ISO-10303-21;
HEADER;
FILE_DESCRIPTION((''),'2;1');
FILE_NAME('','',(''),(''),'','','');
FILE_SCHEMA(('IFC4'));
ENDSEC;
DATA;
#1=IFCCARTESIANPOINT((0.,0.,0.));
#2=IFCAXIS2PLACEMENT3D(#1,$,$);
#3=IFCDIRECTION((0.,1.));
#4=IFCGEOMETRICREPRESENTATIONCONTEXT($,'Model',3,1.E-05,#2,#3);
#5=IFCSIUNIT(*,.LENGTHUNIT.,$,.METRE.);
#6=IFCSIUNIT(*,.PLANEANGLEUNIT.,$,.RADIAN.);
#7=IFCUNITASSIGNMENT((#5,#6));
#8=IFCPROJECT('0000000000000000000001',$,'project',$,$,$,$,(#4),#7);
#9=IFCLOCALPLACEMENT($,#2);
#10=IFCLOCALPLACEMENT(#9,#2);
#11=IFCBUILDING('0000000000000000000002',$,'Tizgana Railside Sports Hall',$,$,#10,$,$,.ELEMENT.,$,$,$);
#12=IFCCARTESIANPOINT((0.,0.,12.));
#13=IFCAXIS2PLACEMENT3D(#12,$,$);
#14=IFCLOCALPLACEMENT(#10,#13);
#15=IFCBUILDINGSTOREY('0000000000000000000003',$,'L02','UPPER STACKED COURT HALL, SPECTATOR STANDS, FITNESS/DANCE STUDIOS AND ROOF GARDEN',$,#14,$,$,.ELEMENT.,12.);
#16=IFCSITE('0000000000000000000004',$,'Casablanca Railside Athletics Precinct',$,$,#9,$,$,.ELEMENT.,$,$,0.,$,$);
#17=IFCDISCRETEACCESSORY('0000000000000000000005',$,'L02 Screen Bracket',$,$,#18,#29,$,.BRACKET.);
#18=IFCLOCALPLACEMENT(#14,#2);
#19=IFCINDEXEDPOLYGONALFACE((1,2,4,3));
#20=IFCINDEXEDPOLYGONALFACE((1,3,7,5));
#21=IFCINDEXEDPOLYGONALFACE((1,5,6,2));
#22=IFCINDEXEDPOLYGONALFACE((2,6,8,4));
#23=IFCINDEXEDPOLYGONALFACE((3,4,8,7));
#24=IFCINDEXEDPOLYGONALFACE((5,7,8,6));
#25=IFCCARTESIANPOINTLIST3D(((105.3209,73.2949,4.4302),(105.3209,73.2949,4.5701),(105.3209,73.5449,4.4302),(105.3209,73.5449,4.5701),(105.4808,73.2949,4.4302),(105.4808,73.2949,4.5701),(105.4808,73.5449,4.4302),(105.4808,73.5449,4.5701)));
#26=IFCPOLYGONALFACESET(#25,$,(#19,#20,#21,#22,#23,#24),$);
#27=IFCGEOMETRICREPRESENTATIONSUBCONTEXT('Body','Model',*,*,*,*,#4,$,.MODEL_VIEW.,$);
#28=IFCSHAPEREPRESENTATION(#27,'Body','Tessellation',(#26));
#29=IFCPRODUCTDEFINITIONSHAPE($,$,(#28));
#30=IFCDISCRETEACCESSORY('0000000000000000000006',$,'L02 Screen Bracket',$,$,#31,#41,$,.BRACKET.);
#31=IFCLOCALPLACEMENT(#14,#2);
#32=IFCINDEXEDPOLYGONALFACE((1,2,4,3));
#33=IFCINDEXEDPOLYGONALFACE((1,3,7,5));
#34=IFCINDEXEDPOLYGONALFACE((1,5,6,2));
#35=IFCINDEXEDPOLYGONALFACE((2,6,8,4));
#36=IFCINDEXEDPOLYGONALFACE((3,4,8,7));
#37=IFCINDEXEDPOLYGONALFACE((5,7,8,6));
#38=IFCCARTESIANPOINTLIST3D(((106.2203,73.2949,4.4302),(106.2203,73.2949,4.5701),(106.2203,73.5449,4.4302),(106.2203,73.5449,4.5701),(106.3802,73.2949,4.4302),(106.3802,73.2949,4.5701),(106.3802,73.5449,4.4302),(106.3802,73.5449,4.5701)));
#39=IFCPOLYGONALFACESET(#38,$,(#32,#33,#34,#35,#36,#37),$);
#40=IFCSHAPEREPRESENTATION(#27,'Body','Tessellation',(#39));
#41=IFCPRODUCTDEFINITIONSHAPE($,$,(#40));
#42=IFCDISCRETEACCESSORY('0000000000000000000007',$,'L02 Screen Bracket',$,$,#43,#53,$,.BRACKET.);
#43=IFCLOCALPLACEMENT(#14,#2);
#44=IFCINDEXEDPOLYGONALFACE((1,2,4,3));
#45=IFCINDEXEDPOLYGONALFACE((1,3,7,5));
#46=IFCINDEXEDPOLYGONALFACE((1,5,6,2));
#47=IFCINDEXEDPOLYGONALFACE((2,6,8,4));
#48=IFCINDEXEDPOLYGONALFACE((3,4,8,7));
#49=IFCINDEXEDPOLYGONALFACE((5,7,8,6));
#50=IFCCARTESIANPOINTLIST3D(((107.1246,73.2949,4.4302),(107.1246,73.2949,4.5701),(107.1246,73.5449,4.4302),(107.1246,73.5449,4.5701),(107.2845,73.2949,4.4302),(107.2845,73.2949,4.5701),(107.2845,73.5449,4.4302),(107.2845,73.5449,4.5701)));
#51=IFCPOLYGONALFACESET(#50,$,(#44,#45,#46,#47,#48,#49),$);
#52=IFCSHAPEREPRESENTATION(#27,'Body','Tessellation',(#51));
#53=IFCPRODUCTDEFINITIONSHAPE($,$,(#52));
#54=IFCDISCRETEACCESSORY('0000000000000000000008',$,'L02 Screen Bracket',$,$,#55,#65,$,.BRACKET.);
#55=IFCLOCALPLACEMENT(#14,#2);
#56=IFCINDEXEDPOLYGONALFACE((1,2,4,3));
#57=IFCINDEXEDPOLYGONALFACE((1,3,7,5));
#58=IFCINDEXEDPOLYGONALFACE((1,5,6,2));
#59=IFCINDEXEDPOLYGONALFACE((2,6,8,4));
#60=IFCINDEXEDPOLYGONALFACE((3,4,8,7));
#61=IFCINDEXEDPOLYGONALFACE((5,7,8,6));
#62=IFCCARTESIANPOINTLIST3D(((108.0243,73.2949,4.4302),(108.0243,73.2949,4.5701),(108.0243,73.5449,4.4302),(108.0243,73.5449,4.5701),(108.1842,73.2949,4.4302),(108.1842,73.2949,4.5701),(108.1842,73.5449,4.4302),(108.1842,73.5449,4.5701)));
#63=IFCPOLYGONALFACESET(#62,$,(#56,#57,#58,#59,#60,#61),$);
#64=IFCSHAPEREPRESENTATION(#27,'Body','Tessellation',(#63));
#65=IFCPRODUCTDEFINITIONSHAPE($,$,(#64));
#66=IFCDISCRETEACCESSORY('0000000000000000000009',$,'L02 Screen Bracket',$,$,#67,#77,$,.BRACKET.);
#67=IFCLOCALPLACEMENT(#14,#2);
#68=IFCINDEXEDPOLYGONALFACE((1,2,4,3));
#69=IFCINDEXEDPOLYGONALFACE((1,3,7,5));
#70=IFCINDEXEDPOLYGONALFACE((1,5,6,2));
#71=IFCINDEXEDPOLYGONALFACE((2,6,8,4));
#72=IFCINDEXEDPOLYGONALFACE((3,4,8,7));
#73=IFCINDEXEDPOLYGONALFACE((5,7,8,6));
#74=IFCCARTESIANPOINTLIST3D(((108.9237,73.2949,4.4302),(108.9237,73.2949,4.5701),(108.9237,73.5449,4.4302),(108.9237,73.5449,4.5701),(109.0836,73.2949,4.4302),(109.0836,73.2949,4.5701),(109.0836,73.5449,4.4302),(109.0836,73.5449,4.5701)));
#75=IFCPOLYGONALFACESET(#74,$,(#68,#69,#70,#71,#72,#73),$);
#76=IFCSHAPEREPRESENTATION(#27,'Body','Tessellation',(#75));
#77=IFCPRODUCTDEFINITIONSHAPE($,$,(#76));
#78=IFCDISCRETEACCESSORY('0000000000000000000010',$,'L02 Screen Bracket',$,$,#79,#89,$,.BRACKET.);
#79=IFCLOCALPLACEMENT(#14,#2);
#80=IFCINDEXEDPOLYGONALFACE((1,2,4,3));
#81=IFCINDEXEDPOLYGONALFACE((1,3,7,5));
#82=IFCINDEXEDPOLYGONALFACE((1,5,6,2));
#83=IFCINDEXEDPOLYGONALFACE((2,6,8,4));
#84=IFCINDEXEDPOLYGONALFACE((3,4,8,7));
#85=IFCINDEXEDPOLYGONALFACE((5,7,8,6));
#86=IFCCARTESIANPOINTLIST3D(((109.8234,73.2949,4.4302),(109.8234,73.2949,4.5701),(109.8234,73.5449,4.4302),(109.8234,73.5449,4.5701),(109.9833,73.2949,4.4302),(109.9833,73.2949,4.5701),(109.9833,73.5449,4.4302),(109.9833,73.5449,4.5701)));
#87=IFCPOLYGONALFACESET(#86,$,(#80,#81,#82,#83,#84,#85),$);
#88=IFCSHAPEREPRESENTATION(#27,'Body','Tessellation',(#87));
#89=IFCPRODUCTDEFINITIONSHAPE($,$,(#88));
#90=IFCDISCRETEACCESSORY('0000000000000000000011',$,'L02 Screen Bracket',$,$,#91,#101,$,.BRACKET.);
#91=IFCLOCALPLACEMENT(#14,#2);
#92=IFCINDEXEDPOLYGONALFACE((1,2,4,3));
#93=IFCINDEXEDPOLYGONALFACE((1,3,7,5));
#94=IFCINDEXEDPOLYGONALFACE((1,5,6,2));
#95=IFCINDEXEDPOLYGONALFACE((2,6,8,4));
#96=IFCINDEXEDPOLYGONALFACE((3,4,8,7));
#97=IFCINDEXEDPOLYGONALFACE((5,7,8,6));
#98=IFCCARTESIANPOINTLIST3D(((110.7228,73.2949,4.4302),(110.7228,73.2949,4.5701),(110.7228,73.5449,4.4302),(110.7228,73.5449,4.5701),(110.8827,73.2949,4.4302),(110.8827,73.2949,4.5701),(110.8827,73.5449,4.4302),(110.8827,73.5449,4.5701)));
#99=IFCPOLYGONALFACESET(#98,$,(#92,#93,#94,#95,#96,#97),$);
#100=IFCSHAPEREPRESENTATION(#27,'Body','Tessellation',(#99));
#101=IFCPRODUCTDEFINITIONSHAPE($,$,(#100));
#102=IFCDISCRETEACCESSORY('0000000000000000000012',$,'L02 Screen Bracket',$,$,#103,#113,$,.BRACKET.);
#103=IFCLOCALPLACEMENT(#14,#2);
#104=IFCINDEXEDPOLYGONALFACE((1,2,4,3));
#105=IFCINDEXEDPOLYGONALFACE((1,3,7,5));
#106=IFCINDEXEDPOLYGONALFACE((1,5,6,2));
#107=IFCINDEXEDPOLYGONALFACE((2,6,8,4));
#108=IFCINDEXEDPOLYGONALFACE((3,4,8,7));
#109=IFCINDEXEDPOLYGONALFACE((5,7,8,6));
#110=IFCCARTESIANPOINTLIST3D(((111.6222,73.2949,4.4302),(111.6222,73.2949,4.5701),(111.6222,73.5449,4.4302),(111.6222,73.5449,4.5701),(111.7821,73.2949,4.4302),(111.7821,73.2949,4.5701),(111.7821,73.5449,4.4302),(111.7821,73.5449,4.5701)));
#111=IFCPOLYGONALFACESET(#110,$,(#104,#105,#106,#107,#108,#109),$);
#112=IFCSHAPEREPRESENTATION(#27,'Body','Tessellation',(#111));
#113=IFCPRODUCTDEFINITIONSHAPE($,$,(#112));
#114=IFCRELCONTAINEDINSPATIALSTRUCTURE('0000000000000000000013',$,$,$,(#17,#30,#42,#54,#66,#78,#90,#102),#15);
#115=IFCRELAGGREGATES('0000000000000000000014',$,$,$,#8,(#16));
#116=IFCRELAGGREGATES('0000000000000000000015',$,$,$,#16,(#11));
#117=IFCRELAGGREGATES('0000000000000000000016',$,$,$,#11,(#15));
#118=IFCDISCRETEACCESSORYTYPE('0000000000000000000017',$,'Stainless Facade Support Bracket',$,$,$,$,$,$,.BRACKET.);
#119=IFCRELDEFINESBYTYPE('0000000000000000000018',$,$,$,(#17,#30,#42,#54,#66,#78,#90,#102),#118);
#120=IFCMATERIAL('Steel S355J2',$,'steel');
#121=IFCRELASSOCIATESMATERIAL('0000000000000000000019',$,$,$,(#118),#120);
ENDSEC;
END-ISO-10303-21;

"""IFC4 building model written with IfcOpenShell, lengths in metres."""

from ifc_helpers import new_model, si_unit, direction, frame, origin, origin_2d, place, context, subcontext, project, spatial, rectangle, extrude, material, type_object, element, save


model = new_model("IFC4")

# Units and contexts
model_context = context("Model", 3, precision=1e-05, world=origin(), true_north=direction((0.0, 1.0)))
body_context = subcontext(model_context, "Body", "Model", "MODEL_VIEW")
ifc_project = project(units=[si_unit("LENGTHUNIT", "METRE"), si_unit("PLANEANGLEUNIT", "RADIAN")], contexts=[model_context])

# Site, building, storey
site_placement = place(None, origin())
site = spatial("IfcSite", under=ifc_project, at=site_placement, Name="Casablanca Railside Athletics Precinct", CompositionType="ELEMENT", RefElevation=0.0)
building_placement = place(site_placement, origin())
building = spatial("IfcBuilding", under=site, at=building_placement, Name="Tizgana Railside Sports Hall", CompositionType="ELEMENT")
storey_placement = place(building_placement, frame((0.0, 0.0, 12.0)))
storey = spatial("IfcBuildingStorey", under=building, at=storey_placement, Name="L02", Description="UPPER STACKED COURT HALL, SPECTATOR STANDS, FITNESS/DANCE STUDIOS AND ROOF GARDEN", CompositionType="ELEMENT", Elevation=12.0)

# Shared definitions
ifc_material_1 = material(Name="Steel S355J2", Category="steel")

# Discrete accessories
discrete_accessory_type = type_object("IfcDiscreteAccessoryType", Name="Stainless Facade Support Bracket", PredefinedType="BRACKET", material=ifc_material_1)
for number, where, z_axis, x_axis, name in (
    (1, (105.4009, 73.4199, 4.4302), (0.0, 0.0, 1.0), (1.0, 0.0, 0.0), "L02 Screen Bracket"),
    (2, (106.3003, 73.4199, 4.4302), (0.0, 0.0, 1.0), (1.0, 0.0, 0.0), "L02 Screen Bracket"),
    (3, (107.2046, 73.4199, 4.4302), (0.0, 0.0, 1.0), (1.0, 0.0, 0.0), "L02 Screen Bracket"),
    (4, (108.1042, 73.4199, 4.4302), (0.0, 0.0, 1.0), (1.0, 0.0, 0.0), "L02 Screen Bracket"),
    (5, (109.0037, 73.4199, 4.4302), (0.0, 0.0, 1.0), (1.0, 0.0, 0.0), "L02 Screen Bracket"),
    (6, (109.9033, 73.4199, 4.4302), (0.0, 0.0, 1.0), (1.0, 0.0, 0.0), "L02 Screen Bracket"),
    (7, (110.8027, 73.4199, 4.4302), (0.0, 0.0, 1.0), (1.0, 0.0, 0.0), "L02 Screen Bracket"),
    (8, (111.7021, 73.4199, 4.4302), (0.0, 0.0, 1.0), (1.0, 0.0, 0.0), "L02 Screen Bracket"),
):
    element("IfcDiscreteAccessory", number, at=place(storey_placement, frame(where, z_axis=z_axis, x_axis=x_axis)), inside=storey, type_object=discrete_accessory_type, Name=name, PredefinedType="BRACKET", context=body_context, shape_type="SweptSolid", body=[
        extrude(rectangle(XDim=0.1599, YDim=0.25, at=origin_2d()), origin(), (0.0, 0.0, 1.0), 0.1399),
    ])

save(model, "model.ifc")
